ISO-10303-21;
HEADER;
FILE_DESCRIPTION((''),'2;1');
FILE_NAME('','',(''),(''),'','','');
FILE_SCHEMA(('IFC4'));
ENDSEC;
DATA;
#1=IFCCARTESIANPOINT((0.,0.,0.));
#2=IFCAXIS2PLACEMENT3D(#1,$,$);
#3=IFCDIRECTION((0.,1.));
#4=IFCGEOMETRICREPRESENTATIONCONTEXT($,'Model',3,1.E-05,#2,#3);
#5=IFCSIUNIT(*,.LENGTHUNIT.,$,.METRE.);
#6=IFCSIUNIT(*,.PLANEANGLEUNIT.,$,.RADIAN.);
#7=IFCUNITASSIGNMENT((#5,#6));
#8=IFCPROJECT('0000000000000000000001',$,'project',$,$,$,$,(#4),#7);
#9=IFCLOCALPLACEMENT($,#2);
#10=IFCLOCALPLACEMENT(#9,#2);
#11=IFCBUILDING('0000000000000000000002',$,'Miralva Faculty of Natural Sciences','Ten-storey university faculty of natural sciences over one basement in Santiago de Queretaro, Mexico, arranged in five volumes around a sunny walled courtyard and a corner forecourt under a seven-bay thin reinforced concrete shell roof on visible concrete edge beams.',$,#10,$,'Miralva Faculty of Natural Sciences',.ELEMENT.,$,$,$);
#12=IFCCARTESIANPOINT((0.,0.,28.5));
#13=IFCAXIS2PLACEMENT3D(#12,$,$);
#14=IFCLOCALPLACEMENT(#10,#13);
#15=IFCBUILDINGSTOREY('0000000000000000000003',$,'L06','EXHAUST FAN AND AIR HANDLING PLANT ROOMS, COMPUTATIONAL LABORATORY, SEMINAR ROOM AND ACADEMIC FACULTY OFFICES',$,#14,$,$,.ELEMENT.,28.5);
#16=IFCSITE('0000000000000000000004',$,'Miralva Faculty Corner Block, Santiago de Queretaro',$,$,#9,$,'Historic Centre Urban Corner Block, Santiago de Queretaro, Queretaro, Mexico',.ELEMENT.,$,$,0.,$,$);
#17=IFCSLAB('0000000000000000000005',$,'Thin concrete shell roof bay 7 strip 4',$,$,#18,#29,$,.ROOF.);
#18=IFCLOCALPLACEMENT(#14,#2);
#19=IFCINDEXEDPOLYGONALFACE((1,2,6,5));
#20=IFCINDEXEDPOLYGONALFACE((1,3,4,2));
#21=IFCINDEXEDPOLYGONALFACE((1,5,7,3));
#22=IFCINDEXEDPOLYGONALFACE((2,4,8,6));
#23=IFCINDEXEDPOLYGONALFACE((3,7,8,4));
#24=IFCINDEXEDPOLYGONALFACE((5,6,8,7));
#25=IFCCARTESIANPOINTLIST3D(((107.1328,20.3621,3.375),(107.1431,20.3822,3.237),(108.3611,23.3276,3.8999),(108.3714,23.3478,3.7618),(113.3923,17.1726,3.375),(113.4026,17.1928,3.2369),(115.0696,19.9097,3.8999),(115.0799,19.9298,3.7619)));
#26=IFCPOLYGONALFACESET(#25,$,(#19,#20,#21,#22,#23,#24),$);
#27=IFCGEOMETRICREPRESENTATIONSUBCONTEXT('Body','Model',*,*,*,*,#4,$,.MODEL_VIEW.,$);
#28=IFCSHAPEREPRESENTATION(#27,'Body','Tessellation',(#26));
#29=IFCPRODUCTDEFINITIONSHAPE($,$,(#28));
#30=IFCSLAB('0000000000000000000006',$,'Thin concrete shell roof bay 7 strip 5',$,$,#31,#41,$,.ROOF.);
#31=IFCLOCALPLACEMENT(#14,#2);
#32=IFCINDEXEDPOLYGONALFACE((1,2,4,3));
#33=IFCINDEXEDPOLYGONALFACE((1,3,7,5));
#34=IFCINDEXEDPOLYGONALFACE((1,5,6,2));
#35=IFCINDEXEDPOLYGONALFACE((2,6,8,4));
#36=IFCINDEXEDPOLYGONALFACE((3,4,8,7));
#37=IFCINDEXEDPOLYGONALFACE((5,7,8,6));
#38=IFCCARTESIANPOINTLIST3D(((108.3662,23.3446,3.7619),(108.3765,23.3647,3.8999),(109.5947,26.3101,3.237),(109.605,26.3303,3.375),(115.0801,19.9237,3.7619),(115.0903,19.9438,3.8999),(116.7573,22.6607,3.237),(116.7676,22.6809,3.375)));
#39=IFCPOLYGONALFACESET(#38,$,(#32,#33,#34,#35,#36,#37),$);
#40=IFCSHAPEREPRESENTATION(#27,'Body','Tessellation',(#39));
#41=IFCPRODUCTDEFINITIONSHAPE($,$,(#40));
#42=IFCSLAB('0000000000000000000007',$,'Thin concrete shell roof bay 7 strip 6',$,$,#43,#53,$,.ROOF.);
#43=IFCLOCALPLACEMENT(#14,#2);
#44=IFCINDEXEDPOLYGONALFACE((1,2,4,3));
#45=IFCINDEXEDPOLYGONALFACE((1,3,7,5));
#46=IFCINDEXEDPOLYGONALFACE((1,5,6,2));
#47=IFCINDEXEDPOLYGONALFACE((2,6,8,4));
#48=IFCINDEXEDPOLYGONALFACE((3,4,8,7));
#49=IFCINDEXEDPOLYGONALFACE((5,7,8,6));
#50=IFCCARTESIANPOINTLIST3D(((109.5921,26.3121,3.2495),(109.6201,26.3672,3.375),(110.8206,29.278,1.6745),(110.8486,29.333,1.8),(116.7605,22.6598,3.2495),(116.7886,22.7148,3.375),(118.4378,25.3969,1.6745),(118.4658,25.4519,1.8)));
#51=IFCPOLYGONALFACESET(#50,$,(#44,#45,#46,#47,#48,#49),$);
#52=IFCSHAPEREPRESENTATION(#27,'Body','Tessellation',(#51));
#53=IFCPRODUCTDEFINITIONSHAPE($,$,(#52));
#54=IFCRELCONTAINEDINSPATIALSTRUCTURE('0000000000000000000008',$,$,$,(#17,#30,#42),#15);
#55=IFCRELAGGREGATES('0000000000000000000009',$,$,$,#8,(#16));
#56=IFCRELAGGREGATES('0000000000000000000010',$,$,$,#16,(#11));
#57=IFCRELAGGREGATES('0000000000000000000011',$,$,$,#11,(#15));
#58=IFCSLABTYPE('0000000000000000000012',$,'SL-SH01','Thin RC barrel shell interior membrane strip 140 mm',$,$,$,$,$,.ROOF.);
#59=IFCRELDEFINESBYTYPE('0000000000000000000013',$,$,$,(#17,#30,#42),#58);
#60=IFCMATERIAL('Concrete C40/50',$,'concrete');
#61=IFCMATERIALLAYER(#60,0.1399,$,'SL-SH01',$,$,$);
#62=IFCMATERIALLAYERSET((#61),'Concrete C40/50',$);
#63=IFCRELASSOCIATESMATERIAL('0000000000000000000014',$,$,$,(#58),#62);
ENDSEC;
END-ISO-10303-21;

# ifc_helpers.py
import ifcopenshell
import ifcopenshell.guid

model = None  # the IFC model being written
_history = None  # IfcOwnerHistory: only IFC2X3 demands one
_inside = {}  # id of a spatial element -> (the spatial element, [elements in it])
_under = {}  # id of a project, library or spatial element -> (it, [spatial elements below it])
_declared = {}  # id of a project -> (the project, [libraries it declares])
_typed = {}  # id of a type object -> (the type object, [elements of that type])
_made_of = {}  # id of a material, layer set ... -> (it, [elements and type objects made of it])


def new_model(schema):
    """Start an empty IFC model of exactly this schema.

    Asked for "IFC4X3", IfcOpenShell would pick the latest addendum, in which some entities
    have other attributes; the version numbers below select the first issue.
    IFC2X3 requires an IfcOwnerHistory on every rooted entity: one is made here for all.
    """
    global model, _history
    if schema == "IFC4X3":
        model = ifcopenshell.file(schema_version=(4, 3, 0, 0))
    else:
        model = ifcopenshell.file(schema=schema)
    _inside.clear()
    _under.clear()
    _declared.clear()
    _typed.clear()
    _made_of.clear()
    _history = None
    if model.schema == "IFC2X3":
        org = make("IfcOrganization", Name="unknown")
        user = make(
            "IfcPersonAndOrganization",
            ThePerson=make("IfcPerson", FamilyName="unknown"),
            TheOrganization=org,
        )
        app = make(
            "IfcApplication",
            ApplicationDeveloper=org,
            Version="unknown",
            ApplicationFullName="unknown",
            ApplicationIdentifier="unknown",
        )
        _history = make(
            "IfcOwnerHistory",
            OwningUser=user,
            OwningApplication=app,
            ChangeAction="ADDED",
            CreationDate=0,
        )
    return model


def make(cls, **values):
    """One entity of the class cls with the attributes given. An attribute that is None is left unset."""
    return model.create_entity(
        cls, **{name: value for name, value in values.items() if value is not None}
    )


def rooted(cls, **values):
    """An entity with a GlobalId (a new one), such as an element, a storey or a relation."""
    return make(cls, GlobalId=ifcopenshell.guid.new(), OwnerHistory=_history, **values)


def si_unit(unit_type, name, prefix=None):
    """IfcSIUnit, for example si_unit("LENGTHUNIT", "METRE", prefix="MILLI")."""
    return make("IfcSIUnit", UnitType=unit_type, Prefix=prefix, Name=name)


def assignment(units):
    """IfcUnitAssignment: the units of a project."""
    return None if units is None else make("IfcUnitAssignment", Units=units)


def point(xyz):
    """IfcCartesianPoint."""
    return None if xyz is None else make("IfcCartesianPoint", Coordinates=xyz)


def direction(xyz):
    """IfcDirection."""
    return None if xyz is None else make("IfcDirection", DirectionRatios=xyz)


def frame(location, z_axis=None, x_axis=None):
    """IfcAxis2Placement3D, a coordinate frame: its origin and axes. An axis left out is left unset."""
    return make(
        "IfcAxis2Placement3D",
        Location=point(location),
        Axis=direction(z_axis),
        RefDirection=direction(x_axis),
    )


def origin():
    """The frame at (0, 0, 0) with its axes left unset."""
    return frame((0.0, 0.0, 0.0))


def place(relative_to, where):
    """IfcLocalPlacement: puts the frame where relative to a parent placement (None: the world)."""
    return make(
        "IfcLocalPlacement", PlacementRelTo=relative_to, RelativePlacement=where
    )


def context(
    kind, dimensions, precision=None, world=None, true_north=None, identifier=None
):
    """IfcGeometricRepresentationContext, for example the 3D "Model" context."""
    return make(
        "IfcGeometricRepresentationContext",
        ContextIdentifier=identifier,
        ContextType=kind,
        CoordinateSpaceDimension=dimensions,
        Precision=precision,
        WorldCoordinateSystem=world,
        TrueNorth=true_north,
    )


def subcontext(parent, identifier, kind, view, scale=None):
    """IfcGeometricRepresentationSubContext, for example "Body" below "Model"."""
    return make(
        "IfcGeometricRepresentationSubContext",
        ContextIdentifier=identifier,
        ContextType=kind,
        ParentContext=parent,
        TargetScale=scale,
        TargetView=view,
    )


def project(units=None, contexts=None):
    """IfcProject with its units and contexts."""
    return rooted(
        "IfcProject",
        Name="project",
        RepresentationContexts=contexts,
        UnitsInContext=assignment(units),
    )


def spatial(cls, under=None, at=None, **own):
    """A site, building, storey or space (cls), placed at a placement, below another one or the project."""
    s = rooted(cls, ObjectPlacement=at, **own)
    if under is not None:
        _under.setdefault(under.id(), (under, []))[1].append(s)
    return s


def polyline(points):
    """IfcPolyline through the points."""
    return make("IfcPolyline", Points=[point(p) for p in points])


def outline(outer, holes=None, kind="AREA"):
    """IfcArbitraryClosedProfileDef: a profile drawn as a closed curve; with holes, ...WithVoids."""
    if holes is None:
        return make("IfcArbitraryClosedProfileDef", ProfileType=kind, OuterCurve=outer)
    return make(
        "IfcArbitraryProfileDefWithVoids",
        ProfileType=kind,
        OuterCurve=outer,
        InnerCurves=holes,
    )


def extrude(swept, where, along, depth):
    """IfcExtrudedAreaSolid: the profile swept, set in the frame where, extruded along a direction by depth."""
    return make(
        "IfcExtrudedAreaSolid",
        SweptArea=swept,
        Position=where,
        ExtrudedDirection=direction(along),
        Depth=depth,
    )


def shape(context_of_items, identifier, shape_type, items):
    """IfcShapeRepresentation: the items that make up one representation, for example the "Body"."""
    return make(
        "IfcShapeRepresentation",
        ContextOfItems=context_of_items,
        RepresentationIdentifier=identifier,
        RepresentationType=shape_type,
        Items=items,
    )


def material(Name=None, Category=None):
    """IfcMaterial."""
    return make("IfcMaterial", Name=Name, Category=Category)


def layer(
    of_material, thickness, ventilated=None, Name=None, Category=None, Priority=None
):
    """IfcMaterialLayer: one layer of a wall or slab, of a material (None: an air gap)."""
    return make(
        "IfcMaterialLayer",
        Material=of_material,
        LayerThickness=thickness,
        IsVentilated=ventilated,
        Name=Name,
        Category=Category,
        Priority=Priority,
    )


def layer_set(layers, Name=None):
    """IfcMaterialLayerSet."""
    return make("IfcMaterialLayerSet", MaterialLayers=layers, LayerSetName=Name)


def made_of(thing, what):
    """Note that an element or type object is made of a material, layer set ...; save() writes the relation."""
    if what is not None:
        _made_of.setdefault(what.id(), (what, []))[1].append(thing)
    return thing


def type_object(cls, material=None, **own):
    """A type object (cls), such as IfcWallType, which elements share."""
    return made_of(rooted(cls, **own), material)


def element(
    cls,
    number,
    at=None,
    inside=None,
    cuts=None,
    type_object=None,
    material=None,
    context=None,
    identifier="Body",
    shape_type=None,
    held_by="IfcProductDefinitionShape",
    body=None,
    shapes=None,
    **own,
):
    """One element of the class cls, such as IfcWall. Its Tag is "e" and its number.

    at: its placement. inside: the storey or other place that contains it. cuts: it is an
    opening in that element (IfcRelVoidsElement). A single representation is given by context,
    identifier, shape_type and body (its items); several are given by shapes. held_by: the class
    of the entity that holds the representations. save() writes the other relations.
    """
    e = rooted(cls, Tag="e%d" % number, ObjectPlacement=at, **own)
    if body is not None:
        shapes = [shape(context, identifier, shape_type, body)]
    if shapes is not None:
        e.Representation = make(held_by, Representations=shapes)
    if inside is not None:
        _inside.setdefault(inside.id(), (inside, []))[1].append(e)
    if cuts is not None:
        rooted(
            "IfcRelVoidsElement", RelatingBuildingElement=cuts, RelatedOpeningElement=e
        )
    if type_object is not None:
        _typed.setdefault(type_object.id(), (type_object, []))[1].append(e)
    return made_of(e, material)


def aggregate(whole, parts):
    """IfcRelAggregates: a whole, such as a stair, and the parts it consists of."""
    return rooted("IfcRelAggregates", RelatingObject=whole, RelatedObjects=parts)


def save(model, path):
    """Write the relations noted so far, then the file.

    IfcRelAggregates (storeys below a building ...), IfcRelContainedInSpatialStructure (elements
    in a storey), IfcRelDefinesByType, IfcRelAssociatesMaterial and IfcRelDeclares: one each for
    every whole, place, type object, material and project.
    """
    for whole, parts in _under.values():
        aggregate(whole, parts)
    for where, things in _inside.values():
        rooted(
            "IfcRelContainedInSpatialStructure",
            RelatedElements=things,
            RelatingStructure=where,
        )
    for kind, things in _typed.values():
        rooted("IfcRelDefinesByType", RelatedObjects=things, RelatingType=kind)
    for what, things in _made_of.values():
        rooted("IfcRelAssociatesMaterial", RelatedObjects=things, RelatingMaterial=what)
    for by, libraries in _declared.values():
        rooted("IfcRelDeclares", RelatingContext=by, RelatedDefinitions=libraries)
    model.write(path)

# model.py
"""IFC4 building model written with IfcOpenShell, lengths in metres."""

from ifc_helpers import new_model, si_unit, direction, frame, origin, place, context, subcontext, project, spatial, polyline, outline, extrude, material, layer, layer_set, type_object, element, save


model = new_model("IFC4")

# Units and contexts
model_context = context("Model", 3, precision=1e-05, world=origin(), true_north=direction((0.0, 1.0)))
body_context = subcontext(model_context, "Body", "Model", "MODEL_VIEW")
ifc_project = project(units=[si_unit("LENGTHUNIT", "METRE"), si_unit("PLANEANGLEUNIT", "RADIAN")], contexts=[model_context])

# Site, building, storey
site_placement = place(None, origin())
site = spatial("IfcSite", under=ifc_project, at=site_placement, Name="Miralva Faculty Corner Block, Santiago de Queretaro", LongName="Historic Centre Urban Corner Block, Santiago de Queretaro, Queretaro, Mexico", CompositionType="ELEMENT", RefElevation=0.0)
building_placement = place(site_placement, origin())
building = spatial("IfcBuilding", under=site, at=building_placement, Name="Miralva Faculty of Natural Sciences", Description="Ten-storey university faculty of natural sciences over one basement in Santiago de Queretaro, Mexico, arranged in five volumes around a sunny walled courtyard and a corner forecourt under a seven-bay thin reinforced concrete shell roof on visible concrete edge beams.", LongName="Miralva Faculty of Natural Sciences", CompositionType="ELEMENT")
storey_placement = place(building_placement, frame((0.0, 0.0, 28.5)))
storey = spatial("IfcBuildingStorey", under=building, at=storey_placement, Name="L06", Description="EXHAUST FAN AND AIR HANDLING PLANT ROOMS, COMPUTATIONAL LABORATORY, SEMINAR ROOM AND ACADEMIC FACULTY OFFICES", CompositionType="ELEMENT", Elevation=28.5)

# Shared definitions
ifc_material_1 = material(Name="Concrete C40/50", Category="concrete")

# Slabs
ifc_layer_1 = layer(ifc_material_1, 0.1399, Name="SL-SH01")
ifc_layer_set_1 = layer_set([ifc_layer_1], Name="Concrete C40/50")
slab_type = type_object("IfcSlabType", Name="SL-SH01", Description="Thin RC barrel shell interior membrane strip 140 mm", PredefinedType="ROOF", material=ifc_layer_set_1)
slab_1_placement = place(storey_placement, frame((107.1328, 20.3621, 3.375), z_axis=(-0.073484, -0.144223, 0.986813), x_axis=(0.891003, -0.453998, -0.000002)))
element("IfcSlab", 1, at=slab_1_placement, inside=storey, type_object=slab_type, Name="Thin concrete shell roof bay 7 strip 4", PredefinedType="ROOF", context=body_context, shape_type="SweptSolid", body=[
    extrude(outline(polyline([(0.0, 0.0), (7.0253, 0.0), (7.2771, 3.243), (-0.252, 3.2427), (0.0, 0.0)])), origin(), (0.0, 0.0, -1.0), 0.1399),
])
slab_2_placement = place(storey_placement, frame((108.3765, 23.3647, 3.8999), z_axis=(0.073483, 0.144221, 0.986813), x_axis=(0.891006, -0.453992, 0.000001)))
element("IfcSlab", 2, at=slab_2_placement, inside=storey, type_object=slab_type, Name="Thin concrete shell roof bay 7 strip 5", PredefinedType="ROOF", context=body_context, shape_type="SweptSolid", body=[
    extrude(outline(polyline([(0.0, 0.0), (7.5352, 0.0), (7.787, 3.243), (-0.2517, 3.2428), (0.0, 0.0)])), origin(), (0.0, 0.0, -1.0), 0.1399),
])
slab_3_placement = place(storey_placement, frame((109.6201, 26.3672, 3.375), z_axis=(0.200459, 0.393434, 0.897232), x_axis=(0.891014, -0.453975, -0.000003)))
element("IfcSlab", 3, at=slab_3_placement, inside=storey, type_object=slab_type, Name="Thin concrete shell roof bay 7 strip 6", PredefinedType="ROOF", context=body_context, shape_type="SweptSolid", body=[
    extrude(outline(polyline([(0.0, 0.0), (8.0453, 0.0), (8.2972, 3.5667), (-0.2518, 3.5669), (0.0, 0.0)])), origin(), (0.0, 0.0, -1.0), 0.1399),
])

save(model, "model.ifc")
